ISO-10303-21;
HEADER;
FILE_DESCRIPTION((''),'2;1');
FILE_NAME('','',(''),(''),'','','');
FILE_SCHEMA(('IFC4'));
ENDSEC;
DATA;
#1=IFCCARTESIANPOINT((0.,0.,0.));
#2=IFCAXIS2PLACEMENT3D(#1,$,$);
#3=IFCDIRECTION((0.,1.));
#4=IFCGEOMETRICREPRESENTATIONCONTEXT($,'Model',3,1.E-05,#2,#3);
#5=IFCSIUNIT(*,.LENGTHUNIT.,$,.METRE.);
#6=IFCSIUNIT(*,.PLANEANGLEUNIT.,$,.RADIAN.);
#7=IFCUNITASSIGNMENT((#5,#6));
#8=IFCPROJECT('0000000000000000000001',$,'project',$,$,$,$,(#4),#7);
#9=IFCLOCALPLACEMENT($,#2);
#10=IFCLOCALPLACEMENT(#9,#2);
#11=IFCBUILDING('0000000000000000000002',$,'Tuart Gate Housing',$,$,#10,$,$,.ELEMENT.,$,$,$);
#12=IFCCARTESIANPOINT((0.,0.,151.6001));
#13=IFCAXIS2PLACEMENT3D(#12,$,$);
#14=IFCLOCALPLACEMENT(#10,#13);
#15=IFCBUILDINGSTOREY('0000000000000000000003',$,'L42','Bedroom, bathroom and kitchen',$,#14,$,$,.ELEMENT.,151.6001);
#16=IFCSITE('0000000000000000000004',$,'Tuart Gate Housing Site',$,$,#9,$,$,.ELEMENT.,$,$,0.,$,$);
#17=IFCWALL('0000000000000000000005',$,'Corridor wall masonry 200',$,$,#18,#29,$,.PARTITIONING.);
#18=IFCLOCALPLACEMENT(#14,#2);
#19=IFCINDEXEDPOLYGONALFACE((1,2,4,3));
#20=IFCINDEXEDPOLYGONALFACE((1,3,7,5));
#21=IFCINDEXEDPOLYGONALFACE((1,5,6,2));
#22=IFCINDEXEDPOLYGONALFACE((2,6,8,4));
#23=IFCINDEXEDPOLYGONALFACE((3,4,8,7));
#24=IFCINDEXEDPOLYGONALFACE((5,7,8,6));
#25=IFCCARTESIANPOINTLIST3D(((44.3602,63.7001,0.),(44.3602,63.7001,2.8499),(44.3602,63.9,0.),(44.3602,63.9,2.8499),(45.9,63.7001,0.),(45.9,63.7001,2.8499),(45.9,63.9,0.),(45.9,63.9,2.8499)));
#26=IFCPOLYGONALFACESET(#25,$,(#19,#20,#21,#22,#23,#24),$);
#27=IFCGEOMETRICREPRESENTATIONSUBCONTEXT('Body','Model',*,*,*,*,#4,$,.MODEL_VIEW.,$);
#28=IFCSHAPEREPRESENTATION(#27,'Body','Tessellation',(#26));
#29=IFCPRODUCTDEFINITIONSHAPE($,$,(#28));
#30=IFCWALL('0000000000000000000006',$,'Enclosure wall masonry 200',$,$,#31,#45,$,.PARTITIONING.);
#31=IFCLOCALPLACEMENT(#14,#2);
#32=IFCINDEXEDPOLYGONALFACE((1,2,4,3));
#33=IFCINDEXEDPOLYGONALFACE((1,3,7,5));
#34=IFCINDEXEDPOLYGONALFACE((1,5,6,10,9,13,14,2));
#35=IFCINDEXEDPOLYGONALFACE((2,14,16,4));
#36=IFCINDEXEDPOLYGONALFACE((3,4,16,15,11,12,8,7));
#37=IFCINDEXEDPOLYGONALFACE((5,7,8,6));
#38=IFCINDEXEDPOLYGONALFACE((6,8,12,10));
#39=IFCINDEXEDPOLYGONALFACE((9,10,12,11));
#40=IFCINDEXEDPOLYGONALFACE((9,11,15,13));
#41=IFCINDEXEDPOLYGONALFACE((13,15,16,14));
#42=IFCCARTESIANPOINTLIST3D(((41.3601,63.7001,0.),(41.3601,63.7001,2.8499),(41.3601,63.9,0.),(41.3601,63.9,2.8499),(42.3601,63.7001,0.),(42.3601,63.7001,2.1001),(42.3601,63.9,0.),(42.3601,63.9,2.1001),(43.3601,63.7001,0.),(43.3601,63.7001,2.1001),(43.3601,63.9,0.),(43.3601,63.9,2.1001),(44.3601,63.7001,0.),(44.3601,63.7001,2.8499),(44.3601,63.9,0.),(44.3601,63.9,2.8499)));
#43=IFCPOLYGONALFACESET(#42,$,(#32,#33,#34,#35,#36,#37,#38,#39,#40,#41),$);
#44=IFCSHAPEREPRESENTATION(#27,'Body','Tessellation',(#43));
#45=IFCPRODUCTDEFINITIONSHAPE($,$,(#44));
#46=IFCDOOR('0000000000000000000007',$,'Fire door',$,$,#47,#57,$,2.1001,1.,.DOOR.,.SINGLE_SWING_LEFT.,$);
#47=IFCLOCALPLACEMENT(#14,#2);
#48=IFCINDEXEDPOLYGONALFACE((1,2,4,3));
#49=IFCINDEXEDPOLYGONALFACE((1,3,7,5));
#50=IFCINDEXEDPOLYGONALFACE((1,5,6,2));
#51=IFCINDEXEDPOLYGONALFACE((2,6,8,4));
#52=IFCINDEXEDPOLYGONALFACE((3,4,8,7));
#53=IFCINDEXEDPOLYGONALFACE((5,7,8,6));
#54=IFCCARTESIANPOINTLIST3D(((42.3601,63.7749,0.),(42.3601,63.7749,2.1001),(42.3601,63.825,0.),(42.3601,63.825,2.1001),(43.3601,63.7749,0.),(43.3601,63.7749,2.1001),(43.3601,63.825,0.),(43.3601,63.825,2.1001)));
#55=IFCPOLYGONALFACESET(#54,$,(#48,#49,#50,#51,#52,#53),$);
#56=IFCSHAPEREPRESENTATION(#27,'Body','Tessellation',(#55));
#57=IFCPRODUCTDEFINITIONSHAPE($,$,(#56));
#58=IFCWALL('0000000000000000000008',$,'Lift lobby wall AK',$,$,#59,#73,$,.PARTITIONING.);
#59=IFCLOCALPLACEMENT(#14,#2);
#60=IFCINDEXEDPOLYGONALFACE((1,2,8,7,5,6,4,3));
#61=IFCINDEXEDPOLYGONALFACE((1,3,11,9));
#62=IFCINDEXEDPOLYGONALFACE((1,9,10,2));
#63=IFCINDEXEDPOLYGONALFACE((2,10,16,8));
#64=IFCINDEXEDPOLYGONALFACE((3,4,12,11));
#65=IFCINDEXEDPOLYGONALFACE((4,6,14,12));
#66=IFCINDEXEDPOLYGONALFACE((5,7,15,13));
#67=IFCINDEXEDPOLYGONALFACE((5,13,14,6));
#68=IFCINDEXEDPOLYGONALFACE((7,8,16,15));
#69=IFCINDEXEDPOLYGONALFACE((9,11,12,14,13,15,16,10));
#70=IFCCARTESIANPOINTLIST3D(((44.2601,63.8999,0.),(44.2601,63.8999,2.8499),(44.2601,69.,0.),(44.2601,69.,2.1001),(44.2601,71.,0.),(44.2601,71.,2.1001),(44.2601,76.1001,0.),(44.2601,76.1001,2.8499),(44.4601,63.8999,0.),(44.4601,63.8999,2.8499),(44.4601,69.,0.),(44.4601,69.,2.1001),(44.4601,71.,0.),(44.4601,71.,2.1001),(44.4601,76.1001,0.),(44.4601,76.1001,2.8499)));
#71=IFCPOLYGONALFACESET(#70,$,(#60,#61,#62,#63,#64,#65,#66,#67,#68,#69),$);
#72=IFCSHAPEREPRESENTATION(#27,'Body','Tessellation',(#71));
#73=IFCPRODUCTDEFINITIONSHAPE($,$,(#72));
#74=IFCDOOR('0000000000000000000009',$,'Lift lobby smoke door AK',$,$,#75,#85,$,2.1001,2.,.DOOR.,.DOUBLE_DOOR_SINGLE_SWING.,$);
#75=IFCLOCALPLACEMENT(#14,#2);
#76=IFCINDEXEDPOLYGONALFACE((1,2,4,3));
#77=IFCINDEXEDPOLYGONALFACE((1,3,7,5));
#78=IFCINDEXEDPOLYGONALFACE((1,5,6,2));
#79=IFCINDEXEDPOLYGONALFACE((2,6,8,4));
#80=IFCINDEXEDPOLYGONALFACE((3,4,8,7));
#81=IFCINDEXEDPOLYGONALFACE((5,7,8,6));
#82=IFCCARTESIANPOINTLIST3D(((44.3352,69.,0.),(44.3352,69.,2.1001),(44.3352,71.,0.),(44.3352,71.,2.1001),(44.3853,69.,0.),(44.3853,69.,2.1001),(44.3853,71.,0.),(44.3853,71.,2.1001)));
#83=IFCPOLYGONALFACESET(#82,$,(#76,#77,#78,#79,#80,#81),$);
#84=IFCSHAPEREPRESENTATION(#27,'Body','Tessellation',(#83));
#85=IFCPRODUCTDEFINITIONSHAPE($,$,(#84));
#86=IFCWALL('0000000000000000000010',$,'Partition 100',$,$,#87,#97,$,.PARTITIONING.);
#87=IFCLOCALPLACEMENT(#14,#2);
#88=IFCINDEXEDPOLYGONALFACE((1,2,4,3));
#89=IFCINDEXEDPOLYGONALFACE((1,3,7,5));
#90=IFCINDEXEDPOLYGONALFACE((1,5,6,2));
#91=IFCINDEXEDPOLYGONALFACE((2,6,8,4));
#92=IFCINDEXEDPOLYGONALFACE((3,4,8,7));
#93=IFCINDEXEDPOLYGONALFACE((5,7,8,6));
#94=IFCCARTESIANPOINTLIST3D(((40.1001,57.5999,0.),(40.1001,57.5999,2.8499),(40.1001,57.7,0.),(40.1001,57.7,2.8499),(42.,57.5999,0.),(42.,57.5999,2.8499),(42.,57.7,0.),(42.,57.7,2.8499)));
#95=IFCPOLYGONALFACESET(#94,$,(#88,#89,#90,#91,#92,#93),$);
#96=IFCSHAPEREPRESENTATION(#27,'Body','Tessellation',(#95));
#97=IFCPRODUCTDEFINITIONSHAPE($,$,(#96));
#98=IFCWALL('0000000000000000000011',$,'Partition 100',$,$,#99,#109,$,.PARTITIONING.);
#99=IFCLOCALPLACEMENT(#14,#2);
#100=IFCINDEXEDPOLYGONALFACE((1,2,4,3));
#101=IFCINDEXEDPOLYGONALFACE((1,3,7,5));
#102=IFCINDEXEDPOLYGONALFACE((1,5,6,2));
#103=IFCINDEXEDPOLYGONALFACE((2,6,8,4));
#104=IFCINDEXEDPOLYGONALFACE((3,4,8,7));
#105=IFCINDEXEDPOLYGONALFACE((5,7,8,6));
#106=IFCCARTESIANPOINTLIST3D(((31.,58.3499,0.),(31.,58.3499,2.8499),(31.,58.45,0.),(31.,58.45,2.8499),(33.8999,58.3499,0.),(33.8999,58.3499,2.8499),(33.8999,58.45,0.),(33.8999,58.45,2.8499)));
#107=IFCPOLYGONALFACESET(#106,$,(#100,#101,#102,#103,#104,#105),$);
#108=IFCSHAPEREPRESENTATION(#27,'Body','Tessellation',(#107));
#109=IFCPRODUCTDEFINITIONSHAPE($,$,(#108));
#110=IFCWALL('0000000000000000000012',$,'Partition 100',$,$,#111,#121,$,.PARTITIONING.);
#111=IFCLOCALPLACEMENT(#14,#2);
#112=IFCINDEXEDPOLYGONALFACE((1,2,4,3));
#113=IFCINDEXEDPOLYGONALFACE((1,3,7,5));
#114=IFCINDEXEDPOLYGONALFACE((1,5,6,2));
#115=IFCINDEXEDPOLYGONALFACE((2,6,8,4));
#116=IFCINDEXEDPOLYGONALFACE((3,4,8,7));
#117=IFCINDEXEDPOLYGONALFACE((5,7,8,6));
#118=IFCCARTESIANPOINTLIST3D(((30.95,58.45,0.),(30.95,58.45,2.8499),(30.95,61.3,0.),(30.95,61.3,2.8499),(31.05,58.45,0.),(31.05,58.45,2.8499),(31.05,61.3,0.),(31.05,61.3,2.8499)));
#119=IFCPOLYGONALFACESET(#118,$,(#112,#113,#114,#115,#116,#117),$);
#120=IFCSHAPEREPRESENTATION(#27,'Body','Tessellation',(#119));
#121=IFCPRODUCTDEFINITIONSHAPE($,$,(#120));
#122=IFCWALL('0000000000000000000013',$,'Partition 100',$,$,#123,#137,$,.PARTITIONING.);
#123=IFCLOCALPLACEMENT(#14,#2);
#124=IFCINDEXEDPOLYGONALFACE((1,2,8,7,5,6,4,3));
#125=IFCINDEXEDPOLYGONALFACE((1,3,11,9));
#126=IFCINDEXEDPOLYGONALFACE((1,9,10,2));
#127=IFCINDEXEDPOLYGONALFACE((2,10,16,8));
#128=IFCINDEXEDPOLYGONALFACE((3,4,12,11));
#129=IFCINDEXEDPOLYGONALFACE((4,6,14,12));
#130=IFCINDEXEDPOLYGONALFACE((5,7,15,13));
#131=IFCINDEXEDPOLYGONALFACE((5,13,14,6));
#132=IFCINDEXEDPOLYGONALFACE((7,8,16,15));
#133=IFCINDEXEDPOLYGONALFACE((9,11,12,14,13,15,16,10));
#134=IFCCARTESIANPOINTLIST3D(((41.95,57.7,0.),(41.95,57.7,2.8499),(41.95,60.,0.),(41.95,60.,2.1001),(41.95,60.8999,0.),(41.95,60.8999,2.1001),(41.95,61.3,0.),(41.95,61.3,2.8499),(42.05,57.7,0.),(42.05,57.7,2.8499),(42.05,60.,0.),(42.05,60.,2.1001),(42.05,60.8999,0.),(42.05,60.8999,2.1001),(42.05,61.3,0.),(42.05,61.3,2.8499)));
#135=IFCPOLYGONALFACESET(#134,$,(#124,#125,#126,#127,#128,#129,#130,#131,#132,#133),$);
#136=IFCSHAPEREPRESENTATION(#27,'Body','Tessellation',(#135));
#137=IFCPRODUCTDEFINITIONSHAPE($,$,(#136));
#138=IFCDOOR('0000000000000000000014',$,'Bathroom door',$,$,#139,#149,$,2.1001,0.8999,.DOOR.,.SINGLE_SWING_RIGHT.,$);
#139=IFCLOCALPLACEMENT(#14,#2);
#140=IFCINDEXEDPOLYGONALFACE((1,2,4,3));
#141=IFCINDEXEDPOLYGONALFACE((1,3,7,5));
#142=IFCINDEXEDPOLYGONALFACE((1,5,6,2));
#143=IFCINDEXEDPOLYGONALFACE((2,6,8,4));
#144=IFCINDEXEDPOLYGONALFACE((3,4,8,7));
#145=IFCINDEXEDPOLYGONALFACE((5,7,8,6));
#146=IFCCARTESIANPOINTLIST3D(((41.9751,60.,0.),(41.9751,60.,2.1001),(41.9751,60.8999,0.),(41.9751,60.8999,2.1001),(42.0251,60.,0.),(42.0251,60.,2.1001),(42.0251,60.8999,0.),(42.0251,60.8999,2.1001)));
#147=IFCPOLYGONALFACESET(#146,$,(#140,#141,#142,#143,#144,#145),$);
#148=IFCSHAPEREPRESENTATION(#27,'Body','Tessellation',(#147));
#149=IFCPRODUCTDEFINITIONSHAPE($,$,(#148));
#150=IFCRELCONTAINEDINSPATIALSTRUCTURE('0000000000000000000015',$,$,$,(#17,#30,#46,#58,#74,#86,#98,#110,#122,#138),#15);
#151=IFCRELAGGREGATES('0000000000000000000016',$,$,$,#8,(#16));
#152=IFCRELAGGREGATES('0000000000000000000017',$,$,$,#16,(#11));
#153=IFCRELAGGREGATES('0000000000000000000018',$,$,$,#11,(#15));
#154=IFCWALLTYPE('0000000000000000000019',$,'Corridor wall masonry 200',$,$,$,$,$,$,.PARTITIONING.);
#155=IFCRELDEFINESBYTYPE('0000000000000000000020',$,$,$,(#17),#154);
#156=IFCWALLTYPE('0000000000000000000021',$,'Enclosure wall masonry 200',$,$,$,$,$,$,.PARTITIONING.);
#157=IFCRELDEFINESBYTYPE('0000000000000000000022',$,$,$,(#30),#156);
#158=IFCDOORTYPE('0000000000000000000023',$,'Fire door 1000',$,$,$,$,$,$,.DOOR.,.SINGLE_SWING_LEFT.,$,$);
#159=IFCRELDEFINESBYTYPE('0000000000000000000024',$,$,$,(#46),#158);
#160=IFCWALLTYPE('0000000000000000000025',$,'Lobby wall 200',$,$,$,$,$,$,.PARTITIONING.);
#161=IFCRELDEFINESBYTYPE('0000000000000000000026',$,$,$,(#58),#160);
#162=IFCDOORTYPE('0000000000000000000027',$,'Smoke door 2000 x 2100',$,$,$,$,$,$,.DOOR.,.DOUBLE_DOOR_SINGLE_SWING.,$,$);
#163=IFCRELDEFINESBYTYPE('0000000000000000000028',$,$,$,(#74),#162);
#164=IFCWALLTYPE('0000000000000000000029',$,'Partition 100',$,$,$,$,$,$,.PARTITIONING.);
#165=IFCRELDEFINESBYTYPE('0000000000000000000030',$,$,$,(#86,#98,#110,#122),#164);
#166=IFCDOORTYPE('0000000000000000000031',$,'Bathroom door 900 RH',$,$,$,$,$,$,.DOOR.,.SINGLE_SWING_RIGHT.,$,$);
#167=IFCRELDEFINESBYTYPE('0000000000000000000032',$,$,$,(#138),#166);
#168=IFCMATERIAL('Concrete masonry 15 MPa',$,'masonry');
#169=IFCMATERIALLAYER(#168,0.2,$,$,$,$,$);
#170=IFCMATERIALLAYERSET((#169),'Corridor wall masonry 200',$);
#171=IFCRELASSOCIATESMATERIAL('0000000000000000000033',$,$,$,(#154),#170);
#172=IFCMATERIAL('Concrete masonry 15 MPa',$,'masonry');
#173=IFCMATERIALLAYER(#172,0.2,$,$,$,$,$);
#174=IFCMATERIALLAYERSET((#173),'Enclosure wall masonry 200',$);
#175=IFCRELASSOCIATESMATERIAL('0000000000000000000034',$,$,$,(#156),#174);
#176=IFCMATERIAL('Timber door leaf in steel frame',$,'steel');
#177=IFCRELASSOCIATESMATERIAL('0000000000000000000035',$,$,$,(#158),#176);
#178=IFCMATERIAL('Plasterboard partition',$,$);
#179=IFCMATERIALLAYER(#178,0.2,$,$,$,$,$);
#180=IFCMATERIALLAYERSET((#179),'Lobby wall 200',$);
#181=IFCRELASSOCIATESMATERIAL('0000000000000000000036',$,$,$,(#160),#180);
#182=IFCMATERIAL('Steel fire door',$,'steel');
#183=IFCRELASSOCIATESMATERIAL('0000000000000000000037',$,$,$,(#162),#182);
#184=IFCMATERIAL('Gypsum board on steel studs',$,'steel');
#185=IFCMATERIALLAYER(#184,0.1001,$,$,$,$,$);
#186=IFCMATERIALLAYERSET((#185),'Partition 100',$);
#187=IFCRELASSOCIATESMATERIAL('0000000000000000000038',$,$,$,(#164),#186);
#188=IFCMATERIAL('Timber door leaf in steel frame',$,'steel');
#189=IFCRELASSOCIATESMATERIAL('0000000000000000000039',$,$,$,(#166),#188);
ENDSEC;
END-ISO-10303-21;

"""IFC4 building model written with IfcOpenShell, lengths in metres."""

from ifc_helpers import new_model, si_unit, direction, frame, frame_2d, origin, place, context, subcontext, project, spatial, rectangle, extrude, material, layer, layer_set, type_object, element, fill, save


model = new_model("IFC4")

# Units and contexts
model_context = context("Model", 3, precision=1e-05, world=origin(), true_north=direction((0.0, 1.0)))
body_context = subcontext(model_context, "Body", "Model", "MODEL_VIEW")
ifc_project = project(units=[si_unit("LENGTHUNIT", "METRE"), si_unit("PLANEANGLEUNIT", "RADIAN")], contexts=[model_context])

# Site, building, storey
site_placement = place(None, origin())
site = spatial("IfcSite", under=ifc_project, at=site_placement, Name="Tuart Gate Housing Site", CompositionType="ELEMENT", RefElevation=0.0)
building_placement = place(site_placement, origin())
building = spatial("IfcBuilding", under=site, at=building_placement, Name="Tuart Gate Housing", CompositionType="ELEMENT")
storey_placement = place(building_placement, frame((0.0, 0.0, 151.6001)))
storey = spatial("IfcBuildingStorey", under=building, at=storey_placement, Name="L42", Description="Bedroom, bathroom and kitchen", CompositionType="ELEMENT", Elevation=151.6001)

# Shared definitions
ifc_material_1 = material(Name="Concrete masonry 15 MPa", Category="masonry")
ifc_layer_1 = layer(ifc_material_1, 0.2)
ifc_layer_set_1 = layer_set([ifc_layer_1], Name="Corridor wall masonry 200")
wall_type_1 = type_object("IfcWallType", Name="Corridor wall masonry 200", PredefinedType="PARTITIONING", material=ifc_layer_set_1)

# Wall
wall_1_placement = place(storey_placement, frame((44.3601, 63.8, 0.0), z_axis=(0.0, 0.0, 1.0), x_axis=(1.0, 0.0, 0.0)))
element("IfcWall", 1, at=wall_1_placement, inside=storey, type_object=wall_type_1, Name="Corridor wall masonry 200", PredefinedType="PARTITIONING", context=body_context, shape_type="SweptSolid", body=[
    extrude(rectangle(XDim=1.5398, YDim=0.2, at=frame_2d((0.77, 0.0))), origin(), (0.0, 0.0, 1.0), 2.8499),
])

# Walls, openings, doors
ifc_material_2 = material(Name="Concrete masonry 15 MPa", Category="masonry")
ifc_layer_2 = layer(ifc_material_2, 0.2)
ifc_layer_set_2 = layer_set([ifc_layer_2], Name="Enclosure wall masonry 200")
wall_type_2 = type_object("IfcWallType", Name="Enclosure wall masonry 200", PredefinedType="PARTITIONING", material=ifc_layer_set_2)
wall_2_placement = place(storey_placement, frame((41.3601, 63.8, 0.0), z_axis=(0.0, 0.0, 1.0), x_axis=(1.0, 0.0, 0.0)))
wall_2 = element("IfcWall", 2, at=wall_2_placement, inside=storey, type_object=wall_type_2, Name="Enclosure wall masonry 200", PredefinedType="PARTITIONING", context=body_context, shape_type="SweptSolid", body=[
    extrude(rectangle(XDim=3.0, YDim=0.2, at=frame_2d((1.5, 0.0))), origin(), (0.0, 0.0, 1.0), 2.8499),
])
opening_1_placement = place(wall_2_placement, frame((1.0, 0.0, 0.0)))
opening_1 = element("IfcOpeningElement", 3, at=opening_1_placement, cuts=wall_2, PredefinedType="OPENING", context=body_context, shape_type="SweptSolid", body=[
    extrude(rectangle(XDim=1.0, YDim=2.1001, at=frame_2d((0.5, 1.05))), frame((0.0, 0.1099, 0.0), z_axis=(0.0, -1.0, 0.0), x_axis=(1.0, 0.0, 0.0)), (0.0, 0.0, 1.0), 0.22),
])
ifc_material_3 = material(Name="Timber door leaf in steel frame", Category="steel")
door_type_1 = type_object("IfcDoorType", Name="Fire door 1000", OperationType="SINGLE_SWING_LEFT", PredefinedType="DOOR", material=ifc_material_3)
door_1_placement = place(opening_1_placement, frame((1.0, 0.0, 0.0), z_axis=(0.0, 0.0, 1.0), x_axis=(-1.0, 0.0, 0.0)))
door_1 = element("IfcDoor", 4, at=door_1_placement, inside=storey, type_object=door_type_1, Name="Fire door", OperationType="SINGLE_SWING_LEFT", OverallHeight=2.1001, OverallWidth=1.0, PredefinedType="DOOR", context=body_context, shape_type="SweptSolid", body=[
    extrude(rectangle(XDim=1.0, YDim=2.1001, at=frame_2d((0.5, 1.05))), frame((0.0, 0.0251, 0.0), z_axis=(0.0, -1.0, 0.0), x_axis=(1.0, 0.0, 0.0)), (0.0, 0.0, 1.0), 0.05),
])
fill(opening_1, door_1)
ifc_material_4 = material(Name="Plasterboard partition")
ifc_layer_3 = layer(ifc_material_4, 0.2)
ifc_layer_set_3 = layer_set([ifc_layer_3], Name="Lobby wall 200")
wall_type_3 = type_object("IfcWallType", Name="Lobby wall 200", PredefinedType="PARTITIONING", material=ifc_layer_set_3)
wall_3_placement = place(storey_placement, frame((44.3601, 63.8999, 0.0), z_axis=(0.0, 0.0, 1.0), x_axis=(0.0, 1.0, 0.0)))
wall_3 = element("IfcWall", 5, at=wall_3_placement, inside=storey, type_object=wall_type_3, Name="Lift lobby wall AK", PredefinedType="PARTITIONING", context=body_context, shape_type="SweptSolid", body=[
    extrude(rectangle(XDim=12.2002, YDim=0.2, at=frame_2d((6.1001, 0.0))), origin(), (0.0, 0.0, 1.0), 2.8499),
])
opening_2_placement = place(wall_3_placement, frame((5.1001, 0.0, 0.0)))
opening_2 = element("IfcOpeningElement", 6, at=opening_2_placement, cuts=wall_3, PredefinedType="OPENING", context=body_context, shape_type="SweptSolid", body=[
    extrude(rectangle(XDim=2.0, YDim=2.1001, at=frame_2d((1.0, 1.05))), frame((0.0, 0.1099, 0.0), z_axis=(0.0, -1.0, 0.0), x_axis=(1.0, 0.0, 0.0)), (0.0, 0.0, 1.0), 0.22),
])
ifc_material_5 = material(Name="Steel fire door", Category="steel")
door_type_2 = type_object("IfcDoorType", Name="Smoke door 2000 x 2100", OperationType="DOUBLE_DOOR_SINGLE_SWING", PredefinedType="DOOR", material=ifc_material_5)
door_2_placement = place(opening_2_placement, origin())
door_2 = element("IfcDoor", 7, at=door_2_placement, inside=storey, type_object=door_type_2, Name="Lift lobby smoke door AK", OperationType="DOUBLE_DOOR_SINGLE_SWING", OverallHeight=2.1001, OverallWidth=2.0, PredefinedType="DOOR", context=body_context, shape_type="SweptSolid", body=[
    extrude(rectangle(XDim=2.0, YDim=2.1001, at=frame_2d((1.0, 1.05))), frame((0.0, 0.0249, 0.0), z_axis=(0.0, -1.0, 0.0), x_axis=(1.0, 0.0, 0.0)), (0.0, 0.0, 1.0), 0.05),
])
fill(opening_2, door_2)

# Walls
ifc_material_6 = material(Name="Gypsum board on steel studs", Category="steel")
ifc_layer_4 = layer(ifc_material_6, 0.1001)
ifc_layer_set_4 = layer_set([ifc_layer_4], Name="Partition 100")
wall_type_4 = type_object("IfcWallType", Name="Partition 100", PredefinedType="PARTITIONING", material=ifc_layer_set_4)
wall_4_placement = place(storey_placement, frame((40.1001, 57.6499, 0.0), z_axis=(0.0, 0.0, 1.0), x_axis=(1.0, 0.0, 0.0)))
element("IfcWall", 8, at=wall_4_placement, inside=storey, type_object=wall_type_4, Name="Partition 100", PredefinedType="PARTITIONING", context=body_context, shape_type="SweptSolid", body=[
    extrude(rectangle(XDim=1.8999, YDim=0.1001, at=frame_2d((0.95, 0.0))), origin(), (0.0, 0.0, 1.0), 2.8499),
])
wall_5_placement = place(storey_placement, frame((31.0, 58.3999, 0.0), z_axis=(0.0, 0.0, 1.0), x_axis=(1.0, 0.0, 0.0)))
element("IfcWall", 9, at=wall_5_placement, inside=storey, type_object=wall_type_4, Name="Partition 100", PredefinedType="PARTITIONING", context=body_context, shape_type="SweptSolid", body=[
    extrude(rectangle(XDim=2.8999, YDim=0.1001, at=frame_2d((1.45, 0.0))), origin(), (0.0, 0.0, 1.0), 2.8499),
])
wall_6_placement = place(storey_placement, frame((31.0, 58.45, 0.0), z_axis=(0.0, 0.0, 1.0), x_axis=(0.0, 1.0, 0.0)))
element("IfcWall", 10, at=wall_6_placement, inside=storey, type_object=wall_type_4, Name="Partition 100", PredefinedType="PARTITIONING", context=body_context, shape_type="SweptSolid", body=[
    extrude(rectangle(XDim=2.8501, YDim=0.1001, at=frame_2d((1.425, 0.0))), origin(), (0.0, 0.0, 1.0), 2.8499),
])

# Wall, opening, door
wall_7_placement = place(storey_placement, frame((42.0, 57.7, 0.0), z_axis=(0.0, 0.0, 1.0), x_axis=(0.0, 1.0, 0.0)))
wall_7 = element("IfcWall", 11, at=wall_7_placement, inside=storey, type_object=wall_type_4, Name="Partition 100", PredefinedType="PARTITIONING", context=body_context, shape_type="SweptSolid", body=[
    extrude(rectangle(XDim=3.6001, YDim=0.1001, at=frame_2d((1.8, 0.0))), origin(), (0.0, 0.0, 1.0), 2.8499),
])
opening_3_placement = place(wall_7_placement, frame((2.3, 0.0, 0.0)))
opening_3 = element("IfcOpeningElement", 12, at=opening_3_placement, cuts=wall_7, PredefinedType="OPENING", context=body_context, shape_type="SweptSolid", body=[
    extrude(rectangle(XDim=0.8999, YDim=2.1001, at=frame_2d((0.45, 1.05))), frame((0.0, 0.0601, 0.0), z_axis=(0.0, -1.0, 0.0), x_axis=(1.0, 0.0, 0.0)), (0.0, 0.0, 1.0), 0.1201),
])
ifc_material_7 = material(Name="Timber door leaf in steel frame", Category="steel")
door_type_3 = type_object("IfcDoorType", Name="Bathroom door 900 RH", OperationType="SINGLE_SWING_RIGHT", PredefinedType="DOOR", material=ifc_material_7)
door_3_placement = place(opening_3_placement, origin())
door_3 = element("IfcDoor", 13, at=door_3_placement, inside=storey, type_object=door_type_3, Name="Bathroom door", OperationType="SINGLE_SWING_RIGHT", OverallHeight=2.1001, OverallWidth=0.8999, PredefinedType="DOOR", context=body_context, shape_type="SweptSolid", body=[
    extrude(rectangle(XDim=0.8999, YDim=2.1001, at=frame_2d((0.45, 1.05))), frame((0.0, 0.0249, 0.0), z_axis=(0.0, -1.0, 0.0), x_axis=(1.0, 0.0, 0.0)), (0.0, 0.0, 1.0), 0.05),
])
fill(opening_3, door_3)

save(model, "model.ifc")
